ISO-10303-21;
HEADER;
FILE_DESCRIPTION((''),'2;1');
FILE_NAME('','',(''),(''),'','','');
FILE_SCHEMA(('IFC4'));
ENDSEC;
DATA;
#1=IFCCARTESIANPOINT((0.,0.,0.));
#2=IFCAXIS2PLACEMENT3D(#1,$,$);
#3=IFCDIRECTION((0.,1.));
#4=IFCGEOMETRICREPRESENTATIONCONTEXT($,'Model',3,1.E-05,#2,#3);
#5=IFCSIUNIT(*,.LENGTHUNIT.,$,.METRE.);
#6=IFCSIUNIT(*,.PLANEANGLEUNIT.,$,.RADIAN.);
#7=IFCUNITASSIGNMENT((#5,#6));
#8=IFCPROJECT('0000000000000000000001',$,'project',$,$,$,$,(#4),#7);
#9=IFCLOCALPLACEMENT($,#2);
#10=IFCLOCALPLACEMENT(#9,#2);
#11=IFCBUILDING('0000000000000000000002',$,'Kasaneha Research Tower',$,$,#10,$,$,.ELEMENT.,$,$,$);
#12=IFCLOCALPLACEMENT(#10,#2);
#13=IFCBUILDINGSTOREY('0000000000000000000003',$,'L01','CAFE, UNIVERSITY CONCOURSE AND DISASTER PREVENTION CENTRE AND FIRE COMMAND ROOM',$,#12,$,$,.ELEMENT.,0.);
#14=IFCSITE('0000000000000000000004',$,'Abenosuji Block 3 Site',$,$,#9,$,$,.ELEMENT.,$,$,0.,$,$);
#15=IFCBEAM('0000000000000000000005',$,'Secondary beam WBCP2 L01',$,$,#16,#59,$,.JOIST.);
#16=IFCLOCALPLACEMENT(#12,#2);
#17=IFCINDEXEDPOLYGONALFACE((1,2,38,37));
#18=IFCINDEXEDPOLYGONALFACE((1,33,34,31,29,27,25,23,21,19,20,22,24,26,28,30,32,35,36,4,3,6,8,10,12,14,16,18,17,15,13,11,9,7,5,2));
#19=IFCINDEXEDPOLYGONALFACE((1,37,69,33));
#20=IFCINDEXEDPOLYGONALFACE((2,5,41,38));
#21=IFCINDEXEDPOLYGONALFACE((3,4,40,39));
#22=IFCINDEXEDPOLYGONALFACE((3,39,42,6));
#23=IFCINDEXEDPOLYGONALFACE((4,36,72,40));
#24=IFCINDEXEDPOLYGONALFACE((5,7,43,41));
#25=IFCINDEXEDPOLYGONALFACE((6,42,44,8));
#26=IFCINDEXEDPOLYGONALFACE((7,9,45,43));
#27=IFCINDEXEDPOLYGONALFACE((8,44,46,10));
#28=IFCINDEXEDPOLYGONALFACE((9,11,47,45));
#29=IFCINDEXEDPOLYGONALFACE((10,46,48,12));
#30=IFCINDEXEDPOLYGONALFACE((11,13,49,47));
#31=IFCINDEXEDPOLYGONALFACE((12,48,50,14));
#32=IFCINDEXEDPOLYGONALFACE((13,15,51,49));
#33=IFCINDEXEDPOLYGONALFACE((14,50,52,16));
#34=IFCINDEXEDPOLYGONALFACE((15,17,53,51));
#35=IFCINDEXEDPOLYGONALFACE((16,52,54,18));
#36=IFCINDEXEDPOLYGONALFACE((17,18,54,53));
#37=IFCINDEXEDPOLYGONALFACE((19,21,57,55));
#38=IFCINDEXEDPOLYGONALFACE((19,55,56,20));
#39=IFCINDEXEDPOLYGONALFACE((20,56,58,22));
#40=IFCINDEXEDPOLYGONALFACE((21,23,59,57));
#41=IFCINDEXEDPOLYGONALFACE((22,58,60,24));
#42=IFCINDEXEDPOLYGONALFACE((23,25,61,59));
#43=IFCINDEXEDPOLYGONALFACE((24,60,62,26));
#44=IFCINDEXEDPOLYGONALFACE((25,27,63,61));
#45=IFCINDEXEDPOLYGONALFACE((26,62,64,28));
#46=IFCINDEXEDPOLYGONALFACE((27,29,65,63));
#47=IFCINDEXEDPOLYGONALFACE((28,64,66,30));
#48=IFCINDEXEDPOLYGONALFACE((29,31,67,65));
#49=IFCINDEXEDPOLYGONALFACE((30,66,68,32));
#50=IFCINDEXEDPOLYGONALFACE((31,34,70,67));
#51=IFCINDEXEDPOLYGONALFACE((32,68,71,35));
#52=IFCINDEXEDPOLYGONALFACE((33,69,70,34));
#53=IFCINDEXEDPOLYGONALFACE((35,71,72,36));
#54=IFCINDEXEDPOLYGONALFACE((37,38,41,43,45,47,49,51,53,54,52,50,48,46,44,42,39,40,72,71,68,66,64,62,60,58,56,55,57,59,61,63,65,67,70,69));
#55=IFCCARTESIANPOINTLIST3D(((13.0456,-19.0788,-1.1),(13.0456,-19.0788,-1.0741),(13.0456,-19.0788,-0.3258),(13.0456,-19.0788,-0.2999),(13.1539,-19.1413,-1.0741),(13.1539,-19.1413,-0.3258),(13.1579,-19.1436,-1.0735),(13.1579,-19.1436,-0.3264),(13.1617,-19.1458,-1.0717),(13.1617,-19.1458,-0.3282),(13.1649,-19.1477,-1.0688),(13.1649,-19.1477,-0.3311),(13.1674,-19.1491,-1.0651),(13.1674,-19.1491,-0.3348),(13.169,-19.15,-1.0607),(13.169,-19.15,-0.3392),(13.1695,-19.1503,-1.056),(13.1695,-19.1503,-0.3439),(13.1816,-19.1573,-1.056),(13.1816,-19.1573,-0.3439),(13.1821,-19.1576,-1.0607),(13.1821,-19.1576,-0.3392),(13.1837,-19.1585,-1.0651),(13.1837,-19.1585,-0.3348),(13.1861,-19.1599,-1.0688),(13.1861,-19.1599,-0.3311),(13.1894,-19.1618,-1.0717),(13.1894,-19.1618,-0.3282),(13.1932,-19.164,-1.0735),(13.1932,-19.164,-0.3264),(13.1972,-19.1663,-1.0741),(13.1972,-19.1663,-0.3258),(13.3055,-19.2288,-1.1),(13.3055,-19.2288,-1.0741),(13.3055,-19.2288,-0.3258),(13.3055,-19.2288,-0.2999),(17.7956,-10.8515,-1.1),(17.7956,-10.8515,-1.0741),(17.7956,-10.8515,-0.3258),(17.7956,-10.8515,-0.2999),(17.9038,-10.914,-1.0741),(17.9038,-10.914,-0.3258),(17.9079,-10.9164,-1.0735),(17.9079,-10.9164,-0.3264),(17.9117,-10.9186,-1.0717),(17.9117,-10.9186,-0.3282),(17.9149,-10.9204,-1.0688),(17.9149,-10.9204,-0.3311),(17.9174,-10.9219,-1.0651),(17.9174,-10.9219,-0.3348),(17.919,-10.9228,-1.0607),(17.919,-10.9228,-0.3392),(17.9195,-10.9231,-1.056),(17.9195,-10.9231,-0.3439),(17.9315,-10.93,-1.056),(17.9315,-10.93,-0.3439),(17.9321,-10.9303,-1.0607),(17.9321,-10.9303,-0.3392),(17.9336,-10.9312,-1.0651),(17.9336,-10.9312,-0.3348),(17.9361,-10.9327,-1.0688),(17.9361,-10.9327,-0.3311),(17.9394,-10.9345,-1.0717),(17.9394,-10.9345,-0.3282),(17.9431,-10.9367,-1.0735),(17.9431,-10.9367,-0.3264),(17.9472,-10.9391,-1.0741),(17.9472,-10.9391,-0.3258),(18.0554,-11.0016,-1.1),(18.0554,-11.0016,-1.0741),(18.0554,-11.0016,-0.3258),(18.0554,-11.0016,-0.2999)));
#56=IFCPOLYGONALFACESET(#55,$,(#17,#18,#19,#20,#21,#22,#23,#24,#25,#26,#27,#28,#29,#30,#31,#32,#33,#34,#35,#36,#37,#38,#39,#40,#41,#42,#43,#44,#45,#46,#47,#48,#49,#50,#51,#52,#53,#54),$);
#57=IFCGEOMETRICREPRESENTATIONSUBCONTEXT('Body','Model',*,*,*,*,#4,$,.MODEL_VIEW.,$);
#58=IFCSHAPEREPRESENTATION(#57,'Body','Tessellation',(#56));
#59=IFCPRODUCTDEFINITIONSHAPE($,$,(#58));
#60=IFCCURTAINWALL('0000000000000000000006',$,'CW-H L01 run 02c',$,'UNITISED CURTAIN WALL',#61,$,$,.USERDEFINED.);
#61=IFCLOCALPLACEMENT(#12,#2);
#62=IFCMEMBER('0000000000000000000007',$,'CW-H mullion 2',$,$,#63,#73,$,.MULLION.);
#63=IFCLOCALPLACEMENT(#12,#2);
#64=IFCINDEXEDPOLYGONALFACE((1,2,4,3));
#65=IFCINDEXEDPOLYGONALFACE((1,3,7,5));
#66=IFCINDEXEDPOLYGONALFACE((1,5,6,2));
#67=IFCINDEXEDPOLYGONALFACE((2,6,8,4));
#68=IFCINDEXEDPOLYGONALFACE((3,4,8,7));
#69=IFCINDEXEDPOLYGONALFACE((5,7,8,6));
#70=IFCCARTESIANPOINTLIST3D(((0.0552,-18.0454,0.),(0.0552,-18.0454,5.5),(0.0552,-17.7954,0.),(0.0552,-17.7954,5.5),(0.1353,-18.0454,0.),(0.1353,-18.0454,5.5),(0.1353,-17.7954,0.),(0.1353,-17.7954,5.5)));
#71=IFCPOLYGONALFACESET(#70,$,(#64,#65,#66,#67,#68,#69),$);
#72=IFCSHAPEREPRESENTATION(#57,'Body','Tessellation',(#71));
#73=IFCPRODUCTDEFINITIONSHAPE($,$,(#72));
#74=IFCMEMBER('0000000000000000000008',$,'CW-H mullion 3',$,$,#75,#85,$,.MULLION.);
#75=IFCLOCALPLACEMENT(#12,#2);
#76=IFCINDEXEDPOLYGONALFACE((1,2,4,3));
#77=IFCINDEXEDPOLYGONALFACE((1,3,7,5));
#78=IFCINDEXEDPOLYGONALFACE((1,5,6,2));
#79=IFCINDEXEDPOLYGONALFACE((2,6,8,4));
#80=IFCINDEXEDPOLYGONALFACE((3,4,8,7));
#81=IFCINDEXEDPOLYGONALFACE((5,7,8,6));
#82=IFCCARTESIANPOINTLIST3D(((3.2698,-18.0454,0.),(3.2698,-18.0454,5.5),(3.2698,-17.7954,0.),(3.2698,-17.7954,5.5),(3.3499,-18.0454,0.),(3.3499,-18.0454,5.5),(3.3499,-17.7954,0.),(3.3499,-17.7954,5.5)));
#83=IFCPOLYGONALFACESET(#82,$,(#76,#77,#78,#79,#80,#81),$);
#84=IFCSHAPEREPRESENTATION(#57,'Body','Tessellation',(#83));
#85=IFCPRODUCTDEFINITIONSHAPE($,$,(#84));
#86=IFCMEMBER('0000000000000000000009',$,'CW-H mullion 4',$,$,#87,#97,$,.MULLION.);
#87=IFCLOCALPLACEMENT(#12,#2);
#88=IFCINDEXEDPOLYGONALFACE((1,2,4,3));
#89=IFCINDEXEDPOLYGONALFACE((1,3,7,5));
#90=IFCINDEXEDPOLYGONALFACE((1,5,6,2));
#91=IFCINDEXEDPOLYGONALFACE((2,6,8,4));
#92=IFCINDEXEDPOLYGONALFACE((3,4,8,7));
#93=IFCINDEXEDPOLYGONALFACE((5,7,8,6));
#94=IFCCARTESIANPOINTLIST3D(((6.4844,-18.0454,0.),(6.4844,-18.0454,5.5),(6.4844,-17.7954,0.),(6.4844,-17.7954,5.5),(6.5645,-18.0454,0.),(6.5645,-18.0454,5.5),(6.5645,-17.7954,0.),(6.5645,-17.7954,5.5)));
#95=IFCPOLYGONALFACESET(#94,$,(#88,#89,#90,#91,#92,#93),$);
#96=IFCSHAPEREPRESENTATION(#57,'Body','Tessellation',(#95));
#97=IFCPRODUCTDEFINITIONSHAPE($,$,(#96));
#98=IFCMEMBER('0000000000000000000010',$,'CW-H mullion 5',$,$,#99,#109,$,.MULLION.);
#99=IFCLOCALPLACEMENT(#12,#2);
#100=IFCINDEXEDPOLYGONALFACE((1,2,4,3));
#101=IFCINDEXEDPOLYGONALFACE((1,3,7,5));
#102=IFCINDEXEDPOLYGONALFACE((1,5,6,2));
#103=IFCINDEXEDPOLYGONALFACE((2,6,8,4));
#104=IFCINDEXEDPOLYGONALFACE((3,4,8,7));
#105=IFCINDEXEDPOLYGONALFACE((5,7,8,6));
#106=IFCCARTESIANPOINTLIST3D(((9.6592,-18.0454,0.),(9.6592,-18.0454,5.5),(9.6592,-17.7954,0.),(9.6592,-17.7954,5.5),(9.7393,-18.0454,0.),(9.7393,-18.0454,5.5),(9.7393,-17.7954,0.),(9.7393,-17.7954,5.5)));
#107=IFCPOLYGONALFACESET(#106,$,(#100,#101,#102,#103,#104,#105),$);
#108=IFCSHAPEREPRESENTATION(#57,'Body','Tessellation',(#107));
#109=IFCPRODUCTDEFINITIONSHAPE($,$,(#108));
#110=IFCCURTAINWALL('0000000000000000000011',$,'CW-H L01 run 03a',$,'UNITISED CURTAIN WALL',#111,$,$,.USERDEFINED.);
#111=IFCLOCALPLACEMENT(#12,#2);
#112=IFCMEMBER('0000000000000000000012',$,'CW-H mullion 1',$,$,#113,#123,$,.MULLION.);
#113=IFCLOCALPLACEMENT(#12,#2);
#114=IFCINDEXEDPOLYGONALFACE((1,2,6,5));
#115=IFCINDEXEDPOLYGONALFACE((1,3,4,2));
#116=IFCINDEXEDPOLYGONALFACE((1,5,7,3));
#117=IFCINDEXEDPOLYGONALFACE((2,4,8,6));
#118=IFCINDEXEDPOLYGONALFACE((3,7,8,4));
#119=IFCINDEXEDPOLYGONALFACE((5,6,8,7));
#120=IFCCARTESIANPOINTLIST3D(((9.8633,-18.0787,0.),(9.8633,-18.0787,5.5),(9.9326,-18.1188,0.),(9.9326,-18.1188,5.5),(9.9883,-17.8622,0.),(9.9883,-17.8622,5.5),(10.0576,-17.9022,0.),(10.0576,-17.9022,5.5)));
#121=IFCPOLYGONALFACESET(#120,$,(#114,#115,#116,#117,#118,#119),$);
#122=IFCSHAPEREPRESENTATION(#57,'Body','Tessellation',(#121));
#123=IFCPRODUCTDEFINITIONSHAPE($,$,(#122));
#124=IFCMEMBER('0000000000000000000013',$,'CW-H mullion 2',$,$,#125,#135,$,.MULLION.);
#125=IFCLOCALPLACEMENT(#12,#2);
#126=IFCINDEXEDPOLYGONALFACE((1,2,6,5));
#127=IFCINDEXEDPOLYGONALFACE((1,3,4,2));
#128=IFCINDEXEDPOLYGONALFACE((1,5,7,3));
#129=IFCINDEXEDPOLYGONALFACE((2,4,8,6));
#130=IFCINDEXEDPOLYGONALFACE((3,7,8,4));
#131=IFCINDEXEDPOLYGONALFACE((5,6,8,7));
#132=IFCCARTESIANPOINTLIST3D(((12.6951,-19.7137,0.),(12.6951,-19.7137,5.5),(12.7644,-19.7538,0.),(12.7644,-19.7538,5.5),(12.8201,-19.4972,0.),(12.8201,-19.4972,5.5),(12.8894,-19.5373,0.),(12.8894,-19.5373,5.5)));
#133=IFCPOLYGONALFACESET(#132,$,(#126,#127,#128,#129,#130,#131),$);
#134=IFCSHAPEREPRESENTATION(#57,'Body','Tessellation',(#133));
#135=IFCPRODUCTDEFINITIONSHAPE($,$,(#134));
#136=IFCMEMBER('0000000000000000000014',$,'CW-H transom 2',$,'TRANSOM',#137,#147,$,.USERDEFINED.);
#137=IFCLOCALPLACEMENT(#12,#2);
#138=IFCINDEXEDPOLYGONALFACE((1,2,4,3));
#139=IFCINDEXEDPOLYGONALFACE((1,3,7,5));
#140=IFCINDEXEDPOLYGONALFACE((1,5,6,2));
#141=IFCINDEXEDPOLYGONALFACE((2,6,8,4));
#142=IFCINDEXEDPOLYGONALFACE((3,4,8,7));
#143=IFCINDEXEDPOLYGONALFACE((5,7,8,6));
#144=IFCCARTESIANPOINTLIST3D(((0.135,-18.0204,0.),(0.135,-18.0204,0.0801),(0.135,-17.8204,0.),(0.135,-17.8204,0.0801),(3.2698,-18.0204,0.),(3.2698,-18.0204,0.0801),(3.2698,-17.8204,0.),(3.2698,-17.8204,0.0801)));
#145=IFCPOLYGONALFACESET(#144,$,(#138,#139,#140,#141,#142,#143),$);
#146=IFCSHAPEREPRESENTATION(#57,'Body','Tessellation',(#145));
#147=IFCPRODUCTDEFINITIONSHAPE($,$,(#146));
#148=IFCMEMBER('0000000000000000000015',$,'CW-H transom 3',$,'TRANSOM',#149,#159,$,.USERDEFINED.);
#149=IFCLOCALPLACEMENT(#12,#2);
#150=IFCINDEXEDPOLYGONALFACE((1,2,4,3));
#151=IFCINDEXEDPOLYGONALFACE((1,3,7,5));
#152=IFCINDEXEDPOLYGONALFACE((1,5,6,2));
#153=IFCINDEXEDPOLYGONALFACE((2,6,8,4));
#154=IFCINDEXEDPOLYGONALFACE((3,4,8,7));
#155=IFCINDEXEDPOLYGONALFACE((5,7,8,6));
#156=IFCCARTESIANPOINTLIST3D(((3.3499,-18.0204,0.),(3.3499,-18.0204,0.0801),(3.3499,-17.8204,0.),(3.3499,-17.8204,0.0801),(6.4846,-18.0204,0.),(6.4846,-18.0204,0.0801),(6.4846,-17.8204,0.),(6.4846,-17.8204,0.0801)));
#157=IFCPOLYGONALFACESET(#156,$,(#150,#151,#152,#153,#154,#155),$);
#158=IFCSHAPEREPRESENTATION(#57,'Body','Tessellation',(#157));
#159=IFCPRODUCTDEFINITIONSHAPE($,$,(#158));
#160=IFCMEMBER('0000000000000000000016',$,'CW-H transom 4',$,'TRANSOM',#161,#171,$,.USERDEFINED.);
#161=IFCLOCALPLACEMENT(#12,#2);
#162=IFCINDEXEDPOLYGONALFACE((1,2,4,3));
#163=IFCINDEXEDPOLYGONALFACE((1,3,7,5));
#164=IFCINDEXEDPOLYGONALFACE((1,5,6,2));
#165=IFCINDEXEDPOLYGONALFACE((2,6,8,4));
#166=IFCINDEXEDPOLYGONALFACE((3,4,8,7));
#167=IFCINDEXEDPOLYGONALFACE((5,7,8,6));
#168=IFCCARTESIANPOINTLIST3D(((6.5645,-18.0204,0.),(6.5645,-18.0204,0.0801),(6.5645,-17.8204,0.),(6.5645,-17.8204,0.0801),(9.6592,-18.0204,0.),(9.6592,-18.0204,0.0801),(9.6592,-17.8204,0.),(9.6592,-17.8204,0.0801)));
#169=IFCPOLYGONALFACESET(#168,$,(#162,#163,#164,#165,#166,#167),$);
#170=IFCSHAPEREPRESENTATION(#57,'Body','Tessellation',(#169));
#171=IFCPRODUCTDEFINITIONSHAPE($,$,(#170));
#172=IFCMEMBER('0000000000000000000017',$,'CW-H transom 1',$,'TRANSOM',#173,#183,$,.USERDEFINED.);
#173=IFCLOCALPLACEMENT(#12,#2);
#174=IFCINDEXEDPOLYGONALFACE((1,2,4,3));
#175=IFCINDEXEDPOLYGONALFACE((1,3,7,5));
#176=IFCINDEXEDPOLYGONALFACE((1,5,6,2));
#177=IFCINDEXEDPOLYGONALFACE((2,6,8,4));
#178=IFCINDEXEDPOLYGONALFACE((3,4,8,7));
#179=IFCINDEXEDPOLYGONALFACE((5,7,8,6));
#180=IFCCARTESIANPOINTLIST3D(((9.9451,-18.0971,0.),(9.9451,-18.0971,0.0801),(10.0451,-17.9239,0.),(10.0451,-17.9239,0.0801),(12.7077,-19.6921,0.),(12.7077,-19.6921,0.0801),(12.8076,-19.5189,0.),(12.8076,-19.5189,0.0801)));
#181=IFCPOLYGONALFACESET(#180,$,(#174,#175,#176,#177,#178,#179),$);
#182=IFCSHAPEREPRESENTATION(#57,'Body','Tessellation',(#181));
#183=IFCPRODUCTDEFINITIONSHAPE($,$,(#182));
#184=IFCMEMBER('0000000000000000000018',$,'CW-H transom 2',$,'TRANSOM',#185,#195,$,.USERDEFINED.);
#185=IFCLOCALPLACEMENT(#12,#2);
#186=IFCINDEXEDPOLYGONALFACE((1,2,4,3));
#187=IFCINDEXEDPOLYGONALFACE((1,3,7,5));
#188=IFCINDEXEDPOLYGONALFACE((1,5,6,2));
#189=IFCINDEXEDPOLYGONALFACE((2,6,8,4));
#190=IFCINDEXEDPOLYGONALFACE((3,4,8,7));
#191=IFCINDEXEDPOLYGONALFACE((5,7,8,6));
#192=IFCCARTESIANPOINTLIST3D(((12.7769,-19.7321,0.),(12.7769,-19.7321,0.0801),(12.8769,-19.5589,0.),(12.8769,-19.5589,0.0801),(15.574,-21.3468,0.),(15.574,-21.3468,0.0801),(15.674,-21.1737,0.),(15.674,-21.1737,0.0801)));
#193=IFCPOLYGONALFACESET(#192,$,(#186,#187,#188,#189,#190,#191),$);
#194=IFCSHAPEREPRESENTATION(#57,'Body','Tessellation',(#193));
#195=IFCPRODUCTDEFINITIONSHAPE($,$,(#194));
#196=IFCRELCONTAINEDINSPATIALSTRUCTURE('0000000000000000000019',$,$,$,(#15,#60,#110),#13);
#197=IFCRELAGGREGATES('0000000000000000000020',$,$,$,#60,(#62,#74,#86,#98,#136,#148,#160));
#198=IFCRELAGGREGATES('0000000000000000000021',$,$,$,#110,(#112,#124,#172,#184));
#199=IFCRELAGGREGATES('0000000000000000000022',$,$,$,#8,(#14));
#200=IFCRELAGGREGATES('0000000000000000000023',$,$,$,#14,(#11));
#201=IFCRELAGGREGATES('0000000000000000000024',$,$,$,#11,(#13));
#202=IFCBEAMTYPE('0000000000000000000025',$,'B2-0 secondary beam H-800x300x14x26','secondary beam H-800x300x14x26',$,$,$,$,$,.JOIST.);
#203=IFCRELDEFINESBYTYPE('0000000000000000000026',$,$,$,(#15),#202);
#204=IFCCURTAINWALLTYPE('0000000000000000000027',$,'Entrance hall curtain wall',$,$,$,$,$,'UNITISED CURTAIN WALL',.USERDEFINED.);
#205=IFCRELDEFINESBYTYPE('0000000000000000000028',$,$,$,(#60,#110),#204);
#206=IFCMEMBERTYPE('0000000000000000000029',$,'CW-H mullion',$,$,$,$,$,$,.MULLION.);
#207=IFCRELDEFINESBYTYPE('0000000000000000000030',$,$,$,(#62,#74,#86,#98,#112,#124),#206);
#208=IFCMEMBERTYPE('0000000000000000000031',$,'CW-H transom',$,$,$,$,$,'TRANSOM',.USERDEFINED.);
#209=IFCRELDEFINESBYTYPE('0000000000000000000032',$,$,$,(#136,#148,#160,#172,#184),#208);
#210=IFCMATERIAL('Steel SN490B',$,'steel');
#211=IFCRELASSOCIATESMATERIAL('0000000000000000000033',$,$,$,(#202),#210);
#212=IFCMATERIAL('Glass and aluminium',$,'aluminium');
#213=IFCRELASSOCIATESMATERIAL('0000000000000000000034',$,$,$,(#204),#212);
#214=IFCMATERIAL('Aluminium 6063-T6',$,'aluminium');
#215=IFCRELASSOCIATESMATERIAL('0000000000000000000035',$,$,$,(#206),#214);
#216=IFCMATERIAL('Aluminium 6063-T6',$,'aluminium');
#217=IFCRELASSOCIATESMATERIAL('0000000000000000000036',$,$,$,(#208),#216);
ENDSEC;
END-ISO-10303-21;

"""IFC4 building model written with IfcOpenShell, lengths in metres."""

from ifc_helpers import new_model, si_unit, direction, frame, origin, origin_2d, place, context, subcontext, project, spatial, rectangle, i_section, extrude, material, material_profile, profile_set, type_object, element, aggregate, save


model = new_model("IFC4")

# Units and contexts
model_context = context("Model", 3, precision=1e-05, world=origin(), true_north=direction((0.0, 1.0)))
body_context = subcontext(model_context, "Body", "Model", "MODEL_VIEW")
ifc_project = project(units=[si_unit("LENGTHUNIT", "METRE"), si_unit("PLANEANGLEUNIT", "RADIAN")], contexts=[model_context])

# Site, building, storey
site_placement = place(None, origin())
site = spatial("IfcSite", under=ifc_project, at=site_placement, Name="Abenosuji Block 3 Site", CompositionType="ELEMENT", RefElevation=0.0)
building_placement = place(site_placement, origin())
building = spatial("IfcBuilding", under=site, at=building_placement, Name="Kasaneha Research Tower", CompositionType="ELEMENT")
storey_placement = place(building_placement, origin())
storey = spatial("IfcBuildingStorey", under=building, at=storey_placement, Name="L01", Description="CAFE, UNIVERSITY CONCOURSE AND DISASTER PREVENTION CENTRE AND FIRE COMMAND ROOM", CompositionType="ELEMENT", Elevation=0.0)

# Beam
ifc_material_1 = material(Name="Steel SN490B", Category="steel")
ifc_material_profile_1 = material_profile(ifc_material_1, i_section(OverallWidth=0.3, OverallDepth=0.8, WebThickness=0.0139, FlangeThickness=0.0259, FilletRadius=0.0181, at=origin_2d()), Name="H-800x300x14x26")
ifc_profile_set_1 = profile_set([ifc_material_profile_1], Name="Steel SN490B")
beam_type_1 = type_object("IfcBeamType", Name="B2-0 secondary beam H-800x300x14x26", Description="secondary beam H-800x300x14x26", PredefinedType="JOIST", material=ifc_profile_set_1)
beam_1_placement = place(storey_placement, frame((13.1755, -19.1538, -0.7), z_axis=(0.499998, 0.866027, 0.0), x_axis=(-0.866027, 0.499998, 0.0)))
element("IfcBeam", 1, at=beam_1_placement, inside=storey, type_object=beam_type_1, Name="Secondary beam WBCP2 L01", PredefinedType="JOIST", context=body_context, shape_type="SweptSolid", body=[
    extrude(i_section(OverallWidth=0.3, OverallDepth=0.8, WebThickness=0.0139, FlangeThickness=0.0259, FilletRadius=0.0181, at=origin_2d()), origin(), (0.0, 0.0, 1.0), 9.5),
])

# Curtain walls, members
ifc_material_2 = material(Name="Glass and aluminium", Category="aluminium")
curtain_wall_type = type_object("IfcCurtainWallType", Name="Entrance hall curtain wall", ElementType="UNITISED CURTAIN WALL", PredefinedType="USERDEFINED", material=ifc_material_2)
curtain_wall_1_placement = place(storey_placement, origin())
curtain_wall_1 = element("IfcCurtainWall", 2, at=curtain_wall_1_placement, inside=storey, type_object=curtain_wall_type, Name="CW-H L01 run 02c", ObjectType="UNITISED CURTAIN WALL", PredefinedType="USERDEFINED")
ifc_material_3 = material(Name="Aluminium 6063-T6", Category="aluminium")
ifc_material_profile_2 = material_profile(ifc_material_3, rectangle(XDim=0.0801, YDim=0.25, at=origin_2d()), Name="CW-H mullion 80x250")
ifc_profile_set_2 = profile_set([ifc_material_profile_2], Name="Aluminium 6063-T6")
member_type_1 = type_object("IfcMemberType", Name="CW-H mullion", PredefinedType="MULLION", material=ifc_profile_set_2)
member_1_placement = place(storey_placement, frame((0.0952, -17.9204, 0.0), z_axis=(0.0, 0.0, 1.0), x_axis=(1.0, 0.0, 0.0)))
member_1 = element("IfcMember", 3, at=member_1_placement, type_object=member_type_1, Name="CW-H mullion 2", PredefinedType="MULLION", context=body_context, shape_type="SweptSolid", body=[
    extrude(rectangle(XDim=0.0801, YDim=0.25, at=origin_2d()), origin(), (0.0, 0.0, 1.0), 5.5),
])
member_2_placement = place(storey_placement, frame((3.3098, -17.9204, 0.0), z_axis=(0.0, 0.0, 1.0), x_axis=(1.0, 0.0, 0.0)))
member_2 = element("IfcMember", 4, at=member_2_placement, type_object=member_type_1, Name="CW-H mullion 3", PredefinedType="MULLION", context=body_context, shape_type="SweptSolid", body=[
    extrude(rectangle(XDim=0.0801, YDim=0.25, at=origin_2d()), origin(), (0.0, 0.0, 1.0), 5.5),
])
member_3_placement = place(storey_placement, frame((6.5244, -17.9204, 0.0), z_axis=(0.0, 0.0, 1.0), x_axis=(1.0, 0.0, 0.0)))
member_3 = element("IfcMember", 5, at=member_3_placement, type_object=member_type_1, Name="CW-H mullion 4", PredefinedType="MULLION", context=body_context, shape_type="SweptSolid", body=[
    extrude(rectangle(XDim=0.0801, YDim=0.25, at=origin_2d()), origin(), (0.0, 0.0, 1.0), 5.5),
])
member_4_placement = place(storey_placement, frame((9.6992, -17.9204, 0.0), z_axis=(0.0, 0.0, 1.0), x_axis=(1.0, 0.0, 0.0)))
member_4 = element("IfcMember", 6, at=member_4_placement, type_object=member_type_1, Name="CW-H mullion 5", PredefinedType="MULLION", context=body_context, shape_type="SweptSolid", body=[
    extrude(rectangle(XDim=0.0801, YDim=0.25, at=origin_2d()), origin(), (0.0, 0.0, 1.0), 5.5),
])
curtain_wall_2_placement = place(storey_placement, origin())
curtain_wall_2 = element("IfcCurtainWall", 7, at=curtain_wall_2_placement, inside=storey, type_object=curtain_wall_type, Name="CW-H L01 run 03a", ObjectType="UNITISED CURTAIN WALL", PredefinedType="USERDEFINED")
member_5_placement = place(storey_placement, frame((9.9604, -17.9905, 0.0), z_axis=(0.0, 0.0, 1.0), x_axis=(0.866025, -0.5, 0.0)))
member_5 = element("IfcMember", 8, at=member_5_placement, type_object=member_type_1, Name="CW-H mullion 1", PredefinedType="MULLION", context=body_context, shape_type="SweptSolid", body=[
    extrude(rectangle(XDim=0.0801, YDim=0.25, at=origin_2d()), origin(), (0.0, 0.0, 1.0), 5.5),
])
member_6_placement = place(storey_placement, frame((12.7922, -19.6255, 0.0), z_axis=(0.0, 0.0, 1.0), x_axis=(0.866025, -0.5, 0.0)))
member_6 = element("IfcMember", 9, at=member_6_placement, type_object=member_type_1, Name="CW-H mullion 2", PredefinedType="MULLION", context=body_context, shape_type="SweptSolid", body=[
    extrude(rectangle(XDim=0.0801, YDim=0.25, at=origin_2d()), origin(), (0.0, 0.0, 1.0), 5.5),
])

# Members
ifc_material_4 = material(Name="Aluminium 6063-T6", Category="aluminium")
ifc_material_profile_3 = material_profile(ifc_material_4, rectangle(XDim=0.2, YDim=0.0801, at=origin_2d()), Name="CW-H transom 200x80")
ifc_profile_set_3 = profile_set([ifc_material_profile_3], Name="Aluminium 6063-T6")
member_type_2 = type_object("IfcMemberType", Name="CW-H transom", ElementType="TRANSOM", PredefinedType="USERDEFINED", material=ifc_profile_set_3)
member_7_placement = place(storey_placement, frame((0.135, -17.9204, 0.04), z_axis=(1.0, 0.0, 0.0), x_axis=(0.0, 1.0, 0.0)))
member_7 = element("IfcMember", 10, at=member_7_placement, type_object=member_type_2, Name="CW-H transom 2", ObjectType="TRANSOM", PredefinedType="USERDEFINED", context=body_context, shape_type="SweptSolid", body=[
    extrude(rectangle(XDim=0.2, YDim=0.0801, at=origin_2d()), origin(), (0.0, 0.0, 1.0), 3.1348),
])
member_8_placement = place(storey_placement, frame((3.3499, -17.9204, 0.04), z_axis=(1.0, 0.0, 0.0), x_axis=(0.0, 1.0, 0.0)))
member_8 = element("IfcMember", 11, at=member_8_placement, type_object=member_type_2, Name="CW-H transom 3", ObjectType="TRANSOM", PredefinedType="USERDEFINED", context=body_context, shape_type="SweptSolid", body=[
    extrude(rectangle(XDim=0.2, YDim=0.0801, at=origin_2d()), origin(), (0.0, 0.0, 1.0), 3.1348),
])
member_9_placement = place(storey_placement, frame((6.5645, -17.9204, 0.04), z_axis=(1.0, 0.0, 0.0), x_axis=(0.0, 1.0, 0.0)))
member_9 = element("IfcMember", 12, at=member_9_placement, type_object=member_type_2, Name="CW-H transom 4", ObjectType="TRANSOM", PredefinedType="USERDEFINED", context=body_context, shape_type="SweptSolid", body=[
    extrude(rectangle(XDim=0.2, YDim=0.0801, at=origin_2d()), origin(), (0.0, 0.0, 1.0), 3.0947),
])
member_10_placement = place(storey_placement, frame((9.9951, -18.0105, 0.04), z_axis=(0.866016, -0.500016, 0.0), x_axis=(0.500016, 0.866016, 0.0)))
member_10 = element("IfcMember", 13, at=member_10_placement, type_object=member_type_2, Name="CW-H transom 1", ObjectType="TRANSOM", PredefinedType="USERDEFINED", context=body_context, shape_type="SweptSolid", body=[
    extrude(rectangle(XDim=0.2, YDim=0.0801, at=origin_2d()), origin(), (0.0, 0.0, 1.0), 3.1899),
])
member_11_placement = place(storey_placement, frame((12.8269, -19.6455, 0.04), z_axis=(0.866048, -0.49996, 0.0), x_axis=(0.49996, 0.866048, 0.0)))
member_11 = element("IfcMember", 14, at=member_11_placement, type_object=member_type_2, Name="CW-H transom 2", ObjectType="TRANSOM", PredefinedType="USERDEFINED", context=body_context, shape_type="SweptSolid", body=[
    extrude(rectangle(XDim=0.2, YDim=0.0801, at=origin_2d()), origin(), (0.0, 0.0, 1.0), 3.2297),
])

aggregate(curtain_wall_1, [member_1, member_2, member_3, member_4, member_7, member_8, member_9])
aggregate(curtain_wall_2, [member_5, member_6, member_10, member_11])

save(model, "model.ifc")
